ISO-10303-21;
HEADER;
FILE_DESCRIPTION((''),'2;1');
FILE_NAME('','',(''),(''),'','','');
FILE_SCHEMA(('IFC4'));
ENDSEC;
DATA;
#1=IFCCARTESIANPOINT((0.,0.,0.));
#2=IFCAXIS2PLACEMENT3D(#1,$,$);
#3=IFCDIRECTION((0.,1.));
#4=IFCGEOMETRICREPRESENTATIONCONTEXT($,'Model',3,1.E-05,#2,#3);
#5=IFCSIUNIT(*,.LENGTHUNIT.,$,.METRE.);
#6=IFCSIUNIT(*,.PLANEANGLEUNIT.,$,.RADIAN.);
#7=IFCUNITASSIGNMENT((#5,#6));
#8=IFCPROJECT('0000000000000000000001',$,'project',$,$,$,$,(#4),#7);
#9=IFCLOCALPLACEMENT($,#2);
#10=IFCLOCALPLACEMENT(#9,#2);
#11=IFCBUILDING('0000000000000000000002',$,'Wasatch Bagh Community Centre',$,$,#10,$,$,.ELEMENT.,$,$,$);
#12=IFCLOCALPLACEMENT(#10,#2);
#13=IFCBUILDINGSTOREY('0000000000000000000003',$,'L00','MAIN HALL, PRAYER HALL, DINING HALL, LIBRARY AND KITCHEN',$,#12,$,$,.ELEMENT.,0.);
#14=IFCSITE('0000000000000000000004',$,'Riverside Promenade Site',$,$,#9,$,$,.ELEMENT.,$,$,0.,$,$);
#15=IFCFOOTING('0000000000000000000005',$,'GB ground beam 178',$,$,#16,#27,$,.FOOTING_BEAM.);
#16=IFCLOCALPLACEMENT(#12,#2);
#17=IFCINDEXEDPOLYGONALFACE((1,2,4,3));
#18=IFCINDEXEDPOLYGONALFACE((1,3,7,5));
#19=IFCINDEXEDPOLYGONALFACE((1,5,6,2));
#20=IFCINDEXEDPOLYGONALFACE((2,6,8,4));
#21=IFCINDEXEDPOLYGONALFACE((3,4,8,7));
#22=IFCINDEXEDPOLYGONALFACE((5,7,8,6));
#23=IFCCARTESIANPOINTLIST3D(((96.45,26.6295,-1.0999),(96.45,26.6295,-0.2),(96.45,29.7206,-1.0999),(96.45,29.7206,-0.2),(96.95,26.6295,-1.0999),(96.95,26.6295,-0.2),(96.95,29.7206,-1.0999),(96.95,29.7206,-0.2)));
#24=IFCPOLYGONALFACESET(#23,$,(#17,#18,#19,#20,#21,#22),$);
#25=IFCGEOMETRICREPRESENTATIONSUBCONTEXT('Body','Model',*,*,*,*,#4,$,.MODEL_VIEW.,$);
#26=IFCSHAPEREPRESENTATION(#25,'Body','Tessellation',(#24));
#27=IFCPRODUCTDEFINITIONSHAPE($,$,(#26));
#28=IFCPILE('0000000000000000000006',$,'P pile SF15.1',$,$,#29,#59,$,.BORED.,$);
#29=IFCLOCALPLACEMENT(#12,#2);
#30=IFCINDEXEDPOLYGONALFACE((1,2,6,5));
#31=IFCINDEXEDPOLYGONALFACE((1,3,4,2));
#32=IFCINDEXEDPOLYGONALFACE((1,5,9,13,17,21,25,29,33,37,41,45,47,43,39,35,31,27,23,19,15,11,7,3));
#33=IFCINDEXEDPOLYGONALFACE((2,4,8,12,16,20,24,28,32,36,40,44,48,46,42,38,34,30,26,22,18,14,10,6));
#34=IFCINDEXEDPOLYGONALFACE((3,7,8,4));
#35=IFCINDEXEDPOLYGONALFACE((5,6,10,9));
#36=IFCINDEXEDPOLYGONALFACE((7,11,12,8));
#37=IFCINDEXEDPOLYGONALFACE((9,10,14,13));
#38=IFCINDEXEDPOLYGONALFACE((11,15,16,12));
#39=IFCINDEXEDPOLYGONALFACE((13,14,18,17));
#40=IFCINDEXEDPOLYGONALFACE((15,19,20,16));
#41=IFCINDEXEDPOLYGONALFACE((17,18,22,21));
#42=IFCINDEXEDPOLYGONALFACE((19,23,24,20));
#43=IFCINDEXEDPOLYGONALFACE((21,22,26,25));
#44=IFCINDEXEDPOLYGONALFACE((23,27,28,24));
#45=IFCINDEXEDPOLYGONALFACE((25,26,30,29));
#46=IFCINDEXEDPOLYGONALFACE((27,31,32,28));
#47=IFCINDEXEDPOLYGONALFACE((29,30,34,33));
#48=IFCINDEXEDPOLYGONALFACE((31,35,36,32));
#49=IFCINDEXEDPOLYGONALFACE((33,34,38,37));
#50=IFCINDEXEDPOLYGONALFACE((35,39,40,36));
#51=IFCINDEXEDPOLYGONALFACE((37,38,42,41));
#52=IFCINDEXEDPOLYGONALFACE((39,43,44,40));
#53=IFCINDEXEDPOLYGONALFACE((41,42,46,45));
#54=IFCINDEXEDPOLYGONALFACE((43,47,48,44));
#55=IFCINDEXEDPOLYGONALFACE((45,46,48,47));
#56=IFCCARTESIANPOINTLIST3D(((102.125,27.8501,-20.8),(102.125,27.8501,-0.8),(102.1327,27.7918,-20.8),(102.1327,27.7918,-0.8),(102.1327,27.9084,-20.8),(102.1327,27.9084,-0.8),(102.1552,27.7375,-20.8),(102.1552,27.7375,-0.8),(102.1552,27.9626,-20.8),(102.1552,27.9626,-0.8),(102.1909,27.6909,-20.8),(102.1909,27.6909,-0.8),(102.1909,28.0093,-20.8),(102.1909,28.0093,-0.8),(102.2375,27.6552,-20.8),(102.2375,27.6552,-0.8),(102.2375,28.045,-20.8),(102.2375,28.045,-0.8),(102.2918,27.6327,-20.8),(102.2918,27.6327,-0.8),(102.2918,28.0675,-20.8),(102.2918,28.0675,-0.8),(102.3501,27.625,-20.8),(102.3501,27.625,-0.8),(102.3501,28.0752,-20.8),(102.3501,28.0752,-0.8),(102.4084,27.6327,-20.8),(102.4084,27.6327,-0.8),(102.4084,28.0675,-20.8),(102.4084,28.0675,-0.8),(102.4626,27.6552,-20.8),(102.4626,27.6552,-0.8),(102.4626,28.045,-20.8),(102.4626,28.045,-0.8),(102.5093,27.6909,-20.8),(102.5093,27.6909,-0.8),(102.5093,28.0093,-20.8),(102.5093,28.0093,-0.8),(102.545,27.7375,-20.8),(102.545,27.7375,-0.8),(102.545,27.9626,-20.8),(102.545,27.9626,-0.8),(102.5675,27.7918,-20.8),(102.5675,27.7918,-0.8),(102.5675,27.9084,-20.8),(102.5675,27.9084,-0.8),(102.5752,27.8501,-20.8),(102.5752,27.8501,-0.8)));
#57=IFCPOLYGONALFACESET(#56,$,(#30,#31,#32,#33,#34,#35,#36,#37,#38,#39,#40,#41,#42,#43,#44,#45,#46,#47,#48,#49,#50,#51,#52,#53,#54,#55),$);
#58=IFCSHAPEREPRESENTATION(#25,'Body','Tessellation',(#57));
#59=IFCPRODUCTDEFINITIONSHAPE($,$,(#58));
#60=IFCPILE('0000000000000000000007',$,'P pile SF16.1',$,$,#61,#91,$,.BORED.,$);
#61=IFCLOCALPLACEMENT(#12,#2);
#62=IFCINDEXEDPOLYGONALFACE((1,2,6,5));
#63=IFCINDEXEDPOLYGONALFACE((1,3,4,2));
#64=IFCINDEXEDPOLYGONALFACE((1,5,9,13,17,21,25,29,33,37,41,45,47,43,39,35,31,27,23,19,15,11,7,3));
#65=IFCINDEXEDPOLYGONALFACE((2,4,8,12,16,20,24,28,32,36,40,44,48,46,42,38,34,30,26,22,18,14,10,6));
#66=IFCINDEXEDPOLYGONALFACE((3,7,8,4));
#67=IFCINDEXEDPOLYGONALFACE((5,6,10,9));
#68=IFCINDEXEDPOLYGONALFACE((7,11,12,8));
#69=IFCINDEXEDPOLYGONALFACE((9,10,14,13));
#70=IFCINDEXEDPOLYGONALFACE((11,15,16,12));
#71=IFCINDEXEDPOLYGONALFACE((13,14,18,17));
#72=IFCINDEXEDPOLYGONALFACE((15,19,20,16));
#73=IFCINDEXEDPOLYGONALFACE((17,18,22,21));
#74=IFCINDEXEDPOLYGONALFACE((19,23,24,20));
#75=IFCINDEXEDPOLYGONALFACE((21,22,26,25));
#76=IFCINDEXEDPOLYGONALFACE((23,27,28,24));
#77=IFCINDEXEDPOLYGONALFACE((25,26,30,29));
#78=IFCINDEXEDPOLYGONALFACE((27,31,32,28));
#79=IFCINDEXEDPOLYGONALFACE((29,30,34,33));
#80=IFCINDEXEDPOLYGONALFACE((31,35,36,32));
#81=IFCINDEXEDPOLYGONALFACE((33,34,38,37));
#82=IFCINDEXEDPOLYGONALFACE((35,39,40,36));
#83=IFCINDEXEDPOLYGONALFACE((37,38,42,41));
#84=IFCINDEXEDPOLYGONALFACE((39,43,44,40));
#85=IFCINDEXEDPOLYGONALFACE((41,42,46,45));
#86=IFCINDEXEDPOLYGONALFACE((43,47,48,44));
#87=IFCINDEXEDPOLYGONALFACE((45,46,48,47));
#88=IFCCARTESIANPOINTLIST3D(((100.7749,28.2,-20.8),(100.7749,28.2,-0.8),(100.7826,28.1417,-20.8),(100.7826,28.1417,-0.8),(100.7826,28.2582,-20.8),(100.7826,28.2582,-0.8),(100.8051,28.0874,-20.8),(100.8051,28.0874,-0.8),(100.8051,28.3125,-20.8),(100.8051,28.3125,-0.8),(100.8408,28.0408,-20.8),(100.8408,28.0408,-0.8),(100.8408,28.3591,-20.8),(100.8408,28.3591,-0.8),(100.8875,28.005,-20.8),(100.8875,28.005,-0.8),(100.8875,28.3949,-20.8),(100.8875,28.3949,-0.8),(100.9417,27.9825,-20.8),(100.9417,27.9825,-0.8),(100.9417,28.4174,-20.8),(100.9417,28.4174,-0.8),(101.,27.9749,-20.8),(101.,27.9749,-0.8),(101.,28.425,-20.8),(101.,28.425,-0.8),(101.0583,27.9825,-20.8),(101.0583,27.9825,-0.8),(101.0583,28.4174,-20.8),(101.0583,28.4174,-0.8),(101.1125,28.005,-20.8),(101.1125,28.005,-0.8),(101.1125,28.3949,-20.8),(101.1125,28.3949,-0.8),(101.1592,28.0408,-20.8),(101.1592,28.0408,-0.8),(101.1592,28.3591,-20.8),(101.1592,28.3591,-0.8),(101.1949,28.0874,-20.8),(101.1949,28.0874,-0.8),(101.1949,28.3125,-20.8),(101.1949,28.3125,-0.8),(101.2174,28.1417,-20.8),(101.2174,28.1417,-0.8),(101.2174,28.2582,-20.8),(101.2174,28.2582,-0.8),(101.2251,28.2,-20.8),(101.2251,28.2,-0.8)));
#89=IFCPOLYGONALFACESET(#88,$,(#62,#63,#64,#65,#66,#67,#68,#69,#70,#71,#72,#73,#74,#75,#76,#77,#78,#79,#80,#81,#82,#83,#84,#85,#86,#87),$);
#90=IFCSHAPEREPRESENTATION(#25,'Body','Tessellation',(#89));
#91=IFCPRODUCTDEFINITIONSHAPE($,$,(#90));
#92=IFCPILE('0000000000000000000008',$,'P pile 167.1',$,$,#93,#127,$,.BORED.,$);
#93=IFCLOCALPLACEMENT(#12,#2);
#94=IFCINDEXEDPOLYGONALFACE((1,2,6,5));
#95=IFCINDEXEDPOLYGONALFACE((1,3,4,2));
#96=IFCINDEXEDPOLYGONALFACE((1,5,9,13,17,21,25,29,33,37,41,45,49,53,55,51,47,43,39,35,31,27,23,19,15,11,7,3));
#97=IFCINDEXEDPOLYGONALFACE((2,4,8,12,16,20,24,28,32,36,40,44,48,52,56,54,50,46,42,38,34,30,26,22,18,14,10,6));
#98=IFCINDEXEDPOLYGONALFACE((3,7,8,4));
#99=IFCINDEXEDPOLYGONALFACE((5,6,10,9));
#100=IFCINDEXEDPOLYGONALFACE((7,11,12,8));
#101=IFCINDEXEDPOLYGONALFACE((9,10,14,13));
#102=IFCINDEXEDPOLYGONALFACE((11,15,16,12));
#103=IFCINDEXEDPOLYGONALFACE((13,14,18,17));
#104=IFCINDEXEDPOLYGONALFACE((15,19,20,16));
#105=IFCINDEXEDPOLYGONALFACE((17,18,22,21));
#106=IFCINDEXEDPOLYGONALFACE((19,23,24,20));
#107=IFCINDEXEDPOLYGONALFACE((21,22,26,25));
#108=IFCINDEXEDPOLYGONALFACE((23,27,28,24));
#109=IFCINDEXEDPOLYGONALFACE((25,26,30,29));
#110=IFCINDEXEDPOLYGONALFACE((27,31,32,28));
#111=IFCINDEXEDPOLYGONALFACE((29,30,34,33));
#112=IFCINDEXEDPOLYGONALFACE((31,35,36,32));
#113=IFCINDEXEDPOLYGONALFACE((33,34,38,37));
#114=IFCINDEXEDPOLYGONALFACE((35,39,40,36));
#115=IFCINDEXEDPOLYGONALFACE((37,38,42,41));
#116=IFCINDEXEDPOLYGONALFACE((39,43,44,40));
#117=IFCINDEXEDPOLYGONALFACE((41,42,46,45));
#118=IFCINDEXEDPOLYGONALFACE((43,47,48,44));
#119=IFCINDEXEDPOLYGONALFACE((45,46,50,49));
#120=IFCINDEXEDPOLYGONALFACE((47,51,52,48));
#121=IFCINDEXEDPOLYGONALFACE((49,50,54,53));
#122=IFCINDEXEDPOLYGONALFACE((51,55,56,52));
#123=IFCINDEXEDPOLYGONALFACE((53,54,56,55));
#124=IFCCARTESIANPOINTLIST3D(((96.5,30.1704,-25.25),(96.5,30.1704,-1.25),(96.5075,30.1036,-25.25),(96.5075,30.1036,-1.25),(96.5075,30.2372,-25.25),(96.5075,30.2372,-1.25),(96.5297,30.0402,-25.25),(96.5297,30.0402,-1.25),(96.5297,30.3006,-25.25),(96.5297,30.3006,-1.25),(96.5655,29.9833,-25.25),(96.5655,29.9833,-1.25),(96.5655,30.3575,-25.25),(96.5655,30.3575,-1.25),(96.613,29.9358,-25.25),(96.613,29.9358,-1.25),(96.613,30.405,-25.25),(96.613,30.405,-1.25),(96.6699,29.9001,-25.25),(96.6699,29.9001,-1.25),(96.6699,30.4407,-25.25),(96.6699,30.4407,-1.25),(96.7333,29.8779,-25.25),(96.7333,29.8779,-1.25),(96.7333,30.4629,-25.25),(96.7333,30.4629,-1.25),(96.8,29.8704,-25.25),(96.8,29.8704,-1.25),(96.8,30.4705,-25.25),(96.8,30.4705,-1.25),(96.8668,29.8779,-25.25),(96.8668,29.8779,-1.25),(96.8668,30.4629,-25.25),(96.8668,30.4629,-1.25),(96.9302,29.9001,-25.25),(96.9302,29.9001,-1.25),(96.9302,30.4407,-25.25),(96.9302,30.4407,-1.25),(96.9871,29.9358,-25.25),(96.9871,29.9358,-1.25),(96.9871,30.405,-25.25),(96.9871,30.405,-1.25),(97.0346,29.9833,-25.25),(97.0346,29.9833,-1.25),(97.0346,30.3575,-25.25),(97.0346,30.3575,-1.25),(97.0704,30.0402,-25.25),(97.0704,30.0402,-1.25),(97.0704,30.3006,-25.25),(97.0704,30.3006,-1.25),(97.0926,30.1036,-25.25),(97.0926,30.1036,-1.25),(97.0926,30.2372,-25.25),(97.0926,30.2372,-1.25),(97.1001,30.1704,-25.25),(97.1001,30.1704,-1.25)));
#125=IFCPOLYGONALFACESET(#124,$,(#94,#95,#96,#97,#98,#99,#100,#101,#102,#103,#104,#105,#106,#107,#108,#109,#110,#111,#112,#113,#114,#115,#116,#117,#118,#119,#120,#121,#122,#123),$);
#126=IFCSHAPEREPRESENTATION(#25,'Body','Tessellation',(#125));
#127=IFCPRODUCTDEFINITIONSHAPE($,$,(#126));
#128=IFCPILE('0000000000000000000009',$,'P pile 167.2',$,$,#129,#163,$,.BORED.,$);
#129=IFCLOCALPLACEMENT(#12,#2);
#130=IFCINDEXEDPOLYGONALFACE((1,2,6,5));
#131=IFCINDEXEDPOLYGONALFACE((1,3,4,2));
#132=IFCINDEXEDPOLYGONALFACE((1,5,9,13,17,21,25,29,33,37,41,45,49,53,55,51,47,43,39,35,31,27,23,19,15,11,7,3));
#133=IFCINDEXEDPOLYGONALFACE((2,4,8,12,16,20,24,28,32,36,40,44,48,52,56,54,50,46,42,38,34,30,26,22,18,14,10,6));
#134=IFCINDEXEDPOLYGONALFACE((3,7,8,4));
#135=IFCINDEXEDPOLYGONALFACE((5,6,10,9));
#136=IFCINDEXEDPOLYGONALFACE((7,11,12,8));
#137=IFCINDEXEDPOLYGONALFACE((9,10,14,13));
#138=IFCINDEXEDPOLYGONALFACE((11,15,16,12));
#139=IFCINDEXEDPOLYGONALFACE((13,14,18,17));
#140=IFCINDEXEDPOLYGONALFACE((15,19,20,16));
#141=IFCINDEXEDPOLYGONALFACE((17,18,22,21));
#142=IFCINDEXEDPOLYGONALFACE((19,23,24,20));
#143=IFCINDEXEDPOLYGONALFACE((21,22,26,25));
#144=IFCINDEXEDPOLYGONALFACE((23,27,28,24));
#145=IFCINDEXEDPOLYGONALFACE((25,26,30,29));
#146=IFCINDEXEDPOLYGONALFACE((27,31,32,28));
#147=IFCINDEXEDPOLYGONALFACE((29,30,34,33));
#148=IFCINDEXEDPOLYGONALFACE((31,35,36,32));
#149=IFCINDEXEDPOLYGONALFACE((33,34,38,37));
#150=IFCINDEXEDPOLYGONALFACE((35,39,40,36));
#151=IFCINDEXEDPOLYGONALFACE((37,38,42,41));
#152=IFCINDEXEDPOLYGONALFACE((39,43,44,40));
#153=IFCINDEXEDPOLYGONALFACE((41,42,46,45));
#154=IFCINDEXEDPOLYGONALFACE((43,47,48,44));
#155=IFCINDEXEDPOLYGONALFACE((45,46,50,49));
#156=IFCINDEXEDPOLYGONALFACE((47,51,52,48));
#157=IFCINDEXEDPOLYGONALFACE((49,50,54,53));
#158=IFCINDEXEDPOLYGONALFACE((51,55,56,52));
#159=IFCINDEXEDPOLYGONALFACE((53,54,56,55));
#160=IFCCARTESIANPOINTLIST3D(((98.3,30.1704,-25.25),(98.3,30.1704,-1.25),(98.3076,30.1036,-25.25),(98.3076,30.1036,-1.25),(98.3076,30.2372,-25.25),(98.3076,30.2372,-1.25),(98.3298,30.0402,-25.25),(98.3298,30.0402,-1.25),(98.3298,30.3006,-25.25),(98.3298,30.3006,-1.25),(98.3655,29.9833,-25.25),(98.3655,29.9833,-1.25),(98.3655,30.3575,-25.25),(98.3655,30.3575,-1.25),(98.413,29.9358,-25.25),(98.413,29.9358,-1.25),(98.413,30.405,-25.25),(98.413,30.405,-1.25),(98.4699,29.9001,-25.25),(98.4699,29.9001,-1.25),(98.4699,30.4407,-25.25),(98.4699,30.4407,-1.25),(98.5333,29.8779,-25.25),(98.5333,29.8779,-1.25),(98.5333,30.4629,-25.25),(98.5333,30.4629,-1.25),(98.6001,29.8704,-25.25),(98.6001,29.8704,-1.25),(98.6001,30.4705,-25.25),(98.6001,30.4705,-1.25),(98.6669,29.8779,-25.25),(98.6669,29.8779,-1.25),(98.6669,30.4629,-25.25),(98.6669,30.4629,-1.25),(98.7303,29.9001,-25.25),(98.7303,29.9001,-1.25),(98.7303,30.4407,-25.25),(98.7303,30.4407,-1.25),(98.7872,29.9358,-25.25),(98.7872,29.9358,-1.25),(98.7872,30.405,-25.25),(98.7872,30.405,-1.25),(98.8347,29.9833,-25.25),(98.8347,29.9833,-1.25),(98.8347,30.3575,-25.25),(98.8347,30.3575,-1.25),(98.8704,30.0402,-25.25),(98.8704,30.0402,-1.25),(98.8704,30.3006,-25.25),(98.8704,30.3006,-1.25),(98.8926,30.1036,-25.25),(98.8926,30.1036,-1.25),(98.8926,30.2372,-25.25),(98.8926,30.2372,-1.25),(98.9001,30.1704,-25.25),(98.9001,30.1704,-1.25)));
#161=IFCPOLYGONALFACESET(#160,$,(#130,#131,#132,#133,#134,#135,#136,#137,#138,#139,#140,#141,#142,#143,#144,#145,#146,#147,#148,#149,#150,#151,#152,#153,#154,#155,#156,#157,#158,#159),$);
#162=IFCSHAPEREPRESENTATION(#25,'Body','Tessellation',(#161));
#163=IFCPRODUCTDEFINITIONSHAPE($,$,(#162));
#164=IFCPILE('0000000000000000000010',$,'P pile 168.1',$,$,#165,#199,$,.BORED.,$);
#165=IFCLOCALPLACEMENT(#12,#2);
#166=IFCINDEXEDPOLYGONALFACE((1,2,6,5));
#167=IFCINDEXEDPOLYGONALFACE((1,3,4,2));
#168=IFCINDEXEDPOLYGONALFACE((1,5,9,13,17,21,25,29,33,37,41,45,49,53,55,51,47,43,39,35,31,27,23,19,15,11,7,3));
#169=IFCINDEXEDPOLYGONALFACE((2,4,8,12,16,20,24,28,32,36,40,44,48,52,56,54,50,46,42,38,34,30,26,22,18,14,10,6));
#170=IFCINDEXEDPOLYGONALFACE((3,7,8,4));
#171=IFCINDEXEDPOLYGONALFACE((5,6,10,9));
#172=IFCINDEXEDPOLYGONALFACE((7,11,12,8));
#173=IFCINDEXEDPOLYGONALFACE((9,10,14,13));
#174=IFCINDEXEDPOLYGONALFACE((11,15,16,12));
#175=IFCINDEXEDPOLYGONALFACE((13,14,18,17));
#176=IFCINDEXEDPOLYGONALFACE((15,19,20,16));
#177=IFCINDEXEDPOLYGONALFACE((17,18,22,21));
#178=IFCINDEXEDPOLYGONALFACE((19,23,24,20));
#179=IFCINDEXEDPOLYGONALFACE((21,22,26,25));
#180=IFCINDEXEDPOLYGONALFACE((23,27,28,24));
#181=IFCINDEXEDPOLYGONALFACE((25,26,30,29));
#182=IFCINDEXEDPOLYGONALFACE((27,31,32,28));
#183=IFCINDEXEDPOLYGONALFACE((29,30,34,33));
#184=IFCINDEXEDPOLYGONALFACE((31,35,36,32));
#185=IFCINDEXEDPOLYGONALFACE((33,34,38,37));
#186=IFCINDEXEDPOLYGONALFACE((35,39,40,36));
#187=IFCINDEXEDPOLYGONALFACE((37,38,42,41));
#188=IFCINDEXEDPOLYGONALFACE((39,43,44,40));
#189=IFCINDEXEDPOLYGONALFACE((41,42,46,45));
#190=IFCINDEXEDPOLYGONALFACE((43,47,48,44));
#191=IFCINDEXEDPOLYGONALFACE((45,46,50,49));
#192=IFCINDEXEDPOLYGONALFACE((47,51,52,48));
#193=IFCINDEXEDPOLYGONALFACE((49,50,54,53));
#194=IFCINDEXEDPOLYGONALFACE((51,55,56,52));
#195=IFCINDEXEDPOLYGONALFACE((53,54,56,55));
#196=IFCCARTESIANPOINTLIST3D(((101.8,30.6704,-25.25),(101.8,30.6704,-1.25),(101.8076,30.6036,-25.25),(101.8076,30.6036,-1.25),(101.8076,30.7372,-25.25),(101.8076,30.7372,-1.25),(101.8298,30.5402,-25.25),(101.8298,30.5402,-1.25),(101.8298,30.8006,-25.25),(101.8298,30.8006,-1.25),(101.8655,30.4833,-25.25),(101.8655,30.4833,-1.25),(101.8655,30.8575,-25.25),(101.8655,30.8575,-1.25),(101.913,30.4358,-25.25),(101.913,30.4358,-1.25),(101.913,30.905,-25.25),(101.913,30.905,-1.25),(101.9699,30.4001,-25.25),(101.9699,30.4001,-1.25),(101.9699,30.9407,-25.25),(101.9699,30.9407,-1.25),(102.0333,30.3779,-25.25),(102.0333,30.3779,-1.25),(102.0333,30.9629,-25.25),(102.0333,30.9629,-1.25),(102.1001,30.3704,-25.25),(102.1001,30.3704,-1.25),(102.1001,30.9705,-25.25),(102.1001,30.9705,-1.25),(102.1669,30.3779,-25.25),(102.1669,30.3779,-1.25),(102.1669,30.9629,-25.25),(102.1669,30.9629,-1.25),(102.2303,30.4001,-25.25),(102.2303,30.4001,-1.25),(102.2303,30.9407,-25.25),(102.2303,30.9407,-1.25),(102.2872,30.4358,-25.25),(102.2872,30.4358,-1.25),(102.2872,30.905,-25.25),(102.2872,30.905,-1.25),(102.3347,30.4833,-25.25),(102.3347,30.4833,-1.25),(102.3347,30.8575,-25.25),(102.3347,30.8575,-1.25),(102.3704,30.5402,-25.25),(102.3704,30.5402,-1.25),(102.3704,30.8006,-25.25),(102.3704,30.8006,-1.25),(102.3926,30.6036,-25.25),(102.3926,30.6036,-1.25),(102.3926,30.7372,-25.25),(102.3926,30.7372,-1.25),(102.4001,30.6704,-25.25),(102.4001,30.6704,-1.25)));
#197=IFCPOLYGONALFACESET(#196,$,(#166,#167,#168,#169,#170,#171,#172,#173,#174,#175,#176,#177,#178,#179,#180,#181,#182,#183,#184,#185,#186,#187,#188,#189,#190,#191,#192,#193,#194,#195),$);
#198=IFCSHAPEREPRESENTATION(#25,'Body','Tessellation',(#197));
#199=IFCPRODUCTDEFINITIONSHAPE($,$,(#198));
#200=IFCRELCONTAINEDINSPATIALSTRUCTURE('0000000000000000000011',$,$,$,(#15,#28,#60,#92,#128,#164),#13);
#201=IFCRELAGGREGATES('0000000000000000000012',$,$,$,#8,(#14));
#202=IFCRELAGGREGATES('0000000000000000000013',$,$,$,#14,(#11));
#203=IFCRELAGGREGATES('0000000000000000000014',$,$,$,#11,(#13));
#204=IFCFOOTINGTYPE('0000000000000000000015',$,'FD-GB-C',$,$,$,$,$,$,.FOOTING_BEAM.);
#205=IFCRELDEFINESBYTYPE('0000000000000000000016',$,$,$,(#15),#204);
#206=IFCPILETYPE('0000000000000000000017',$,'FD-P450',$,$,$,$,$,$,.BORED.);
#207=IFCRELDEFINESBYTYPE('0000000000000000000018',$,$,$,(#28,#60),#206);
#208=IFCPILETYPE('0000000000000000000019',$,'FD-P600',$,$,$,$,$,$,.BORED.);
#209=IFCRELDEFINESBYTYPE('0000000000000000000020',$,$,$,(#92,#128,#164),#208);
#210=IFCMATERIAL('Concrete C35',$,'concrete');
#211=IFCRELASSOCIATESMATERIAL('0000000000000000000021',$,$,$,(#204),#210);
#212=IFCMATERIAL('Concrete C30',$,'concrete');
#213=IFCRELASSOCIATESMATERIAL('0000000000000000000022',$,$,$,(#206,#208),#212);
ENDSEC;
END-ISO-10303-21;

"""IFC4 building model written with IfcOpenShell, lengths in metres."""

from ifc_helpers import new_model, si_unit, direction, frame, origin, origin_2d, place, context, subcontext, project, spatial, rectangle, circle, extrude, material, material_profile, profile_set, type_object, element, save


model = new_model("IFC4")

# Units and contexts
model_context = context("Model", 3, precision=1e-05, world=origin(), true_north=direction((0.0, 1.0)))
body_context = subcontext(model_context, "Body", "Model", "MODEL_VIEW")
ifc_project = project(units=[si_unit("LENGTHUNIT", "METRE"), si_unit("PLANEANGLEUNIT", "RADIAN")], contexts=[model_context])

# Site, building, storey
site_placement = place(None, origin())
site = spatial("IfcSite", under=ifc_project, at=site_placement, Name="Riverside Promenade Site", CompositionType="ELEMENT", RefElevation=0.0)
building_placement = place(site_placement, origin())
building = spatial("IfcBuilding", under=site, at=building_placement, Name="Wasatch Bagh Community Centre", CompositionType="ELEMENT")
storey_placement = place(building_placement, origin())
storey = spatial("IfcBuildingStorey", under=building, at=storey_placement, Name="L00", Description="MAIN HALL, PRAYER HALL, DINING HALL, LIBRARY AND KITCHEN", CompositionType="ELEMENT", Elevation=0.0)

# Footing
ifc_material_1 = material(Name="Concrete C35", Category="concrete")
footing_type_1 = type_object("IfcFootingType", Name="FD-GB-C", PredefinedType="FOOTING_BEAM", material=ifc_material_1)
footing_1_placement = place(storey_placement, frame((96.7, 28.175, -1.0999), z_axis=(0.0, 0.0, 1.0), x_axis=(0.0, 1.0, 0.0)))
element("IfcFooting", 1, at=footing_1_placement, inside=storey, type_object=footing_type_1, Name="GB ground beam 178", PredefinedType="FOOTING_BEAM", context=body_context, shape_type="SweptSolid", body=[
    extrude(rectangle(XDim=3.0911, YDim=0.5, at=origin_2d()), origin(), (0.0, 0.0, 1.0), 0.8999),
])

# Piles
ifc_material_2 = material(Name="Concrete C30", Category="concrete")
ifc_material_profile_1 = material_profile(ifc_material_2, circle(Radius=0.2251, at=origin_2d()), Name="RC D450")
ifc_profile_set_1 = profile_set([ifc_material_profile_1], Name="Concrete C30")
pile_type_1 = type_object("IfcPileType", Name="FD-P450", PredefinedType="BORED", material=ifc_profile_set_1)
for number, where, z_axis, x_axis, name in (
    (2, (102.3501, 27.8501, -0.8), (0.0, 0.0, -1.0), (1.0, 0.0, 0.0), "P pile SF15.1"),
    (3, (101.0, 28.2, -0.8), (0.0, 0.0, -1.0), (1.0, 0.0, 0.0), "P pile SF16.1"),
):
    element("IfcPile", number, at=place(storey_placement, frame(where, z_axis=z_axis, x_axis=x_axis)), inside=storey, type_object=pile_type_1, Name=name, PredefinedType="BORED", context=body_context, shape_type="SweptSolid", body=[
        extrude(circle(Radius=0.2251, at=origin_2d()), origin(), (0.0, 0.0, 1.0), 20.0),
    ])
ifc_material_profile_2 = material_profile(ifc_material_2, circle(Radius=0.3, at=origin_2d()), Name="RC D600")
ifc_profile_set_2 = profile_set([ifc_material_profile_2], Name="Concrete C30")
pile_type_2 = type_object("IfcPileType", Name="FD-P600", PredefinedType="BORED", material=ifc_profile_set_2)
for number, where, z_axis, x_axis, name in (
    (4, (96.8, 30.1704, -1.25), (0.0, 0.0, -1.0), (1.0, 0.0, 0.0), "P pile 167.1"),
    (5, (98.6001, 30.1704, -1.25), (0.0, 0.0, -1.0), (1.0, 0.0, 0.0), "P pile 167.2"),
    (6, (102.1001, 30.6704, -1.25), (0.0, 0.0, -1.0), (1.0, 0.0, 0.0), "P pile 168.1"),
):
    element("IfcPile", number, at=place(storey_placement, frame(where, z_axis=z_axis, x_axis=x_axis)), inside=storey, type_object=pile_type_2, Name=name, PredefinedType="BORED", context=body_context, shape_type="SweptSolid", body=[
        extrude(circle(Radius=0.3, at=origin_2d()), origin(), (0.0, 0.0, 1.0), 24.0),
    ])

save(model, "model.ifc")
